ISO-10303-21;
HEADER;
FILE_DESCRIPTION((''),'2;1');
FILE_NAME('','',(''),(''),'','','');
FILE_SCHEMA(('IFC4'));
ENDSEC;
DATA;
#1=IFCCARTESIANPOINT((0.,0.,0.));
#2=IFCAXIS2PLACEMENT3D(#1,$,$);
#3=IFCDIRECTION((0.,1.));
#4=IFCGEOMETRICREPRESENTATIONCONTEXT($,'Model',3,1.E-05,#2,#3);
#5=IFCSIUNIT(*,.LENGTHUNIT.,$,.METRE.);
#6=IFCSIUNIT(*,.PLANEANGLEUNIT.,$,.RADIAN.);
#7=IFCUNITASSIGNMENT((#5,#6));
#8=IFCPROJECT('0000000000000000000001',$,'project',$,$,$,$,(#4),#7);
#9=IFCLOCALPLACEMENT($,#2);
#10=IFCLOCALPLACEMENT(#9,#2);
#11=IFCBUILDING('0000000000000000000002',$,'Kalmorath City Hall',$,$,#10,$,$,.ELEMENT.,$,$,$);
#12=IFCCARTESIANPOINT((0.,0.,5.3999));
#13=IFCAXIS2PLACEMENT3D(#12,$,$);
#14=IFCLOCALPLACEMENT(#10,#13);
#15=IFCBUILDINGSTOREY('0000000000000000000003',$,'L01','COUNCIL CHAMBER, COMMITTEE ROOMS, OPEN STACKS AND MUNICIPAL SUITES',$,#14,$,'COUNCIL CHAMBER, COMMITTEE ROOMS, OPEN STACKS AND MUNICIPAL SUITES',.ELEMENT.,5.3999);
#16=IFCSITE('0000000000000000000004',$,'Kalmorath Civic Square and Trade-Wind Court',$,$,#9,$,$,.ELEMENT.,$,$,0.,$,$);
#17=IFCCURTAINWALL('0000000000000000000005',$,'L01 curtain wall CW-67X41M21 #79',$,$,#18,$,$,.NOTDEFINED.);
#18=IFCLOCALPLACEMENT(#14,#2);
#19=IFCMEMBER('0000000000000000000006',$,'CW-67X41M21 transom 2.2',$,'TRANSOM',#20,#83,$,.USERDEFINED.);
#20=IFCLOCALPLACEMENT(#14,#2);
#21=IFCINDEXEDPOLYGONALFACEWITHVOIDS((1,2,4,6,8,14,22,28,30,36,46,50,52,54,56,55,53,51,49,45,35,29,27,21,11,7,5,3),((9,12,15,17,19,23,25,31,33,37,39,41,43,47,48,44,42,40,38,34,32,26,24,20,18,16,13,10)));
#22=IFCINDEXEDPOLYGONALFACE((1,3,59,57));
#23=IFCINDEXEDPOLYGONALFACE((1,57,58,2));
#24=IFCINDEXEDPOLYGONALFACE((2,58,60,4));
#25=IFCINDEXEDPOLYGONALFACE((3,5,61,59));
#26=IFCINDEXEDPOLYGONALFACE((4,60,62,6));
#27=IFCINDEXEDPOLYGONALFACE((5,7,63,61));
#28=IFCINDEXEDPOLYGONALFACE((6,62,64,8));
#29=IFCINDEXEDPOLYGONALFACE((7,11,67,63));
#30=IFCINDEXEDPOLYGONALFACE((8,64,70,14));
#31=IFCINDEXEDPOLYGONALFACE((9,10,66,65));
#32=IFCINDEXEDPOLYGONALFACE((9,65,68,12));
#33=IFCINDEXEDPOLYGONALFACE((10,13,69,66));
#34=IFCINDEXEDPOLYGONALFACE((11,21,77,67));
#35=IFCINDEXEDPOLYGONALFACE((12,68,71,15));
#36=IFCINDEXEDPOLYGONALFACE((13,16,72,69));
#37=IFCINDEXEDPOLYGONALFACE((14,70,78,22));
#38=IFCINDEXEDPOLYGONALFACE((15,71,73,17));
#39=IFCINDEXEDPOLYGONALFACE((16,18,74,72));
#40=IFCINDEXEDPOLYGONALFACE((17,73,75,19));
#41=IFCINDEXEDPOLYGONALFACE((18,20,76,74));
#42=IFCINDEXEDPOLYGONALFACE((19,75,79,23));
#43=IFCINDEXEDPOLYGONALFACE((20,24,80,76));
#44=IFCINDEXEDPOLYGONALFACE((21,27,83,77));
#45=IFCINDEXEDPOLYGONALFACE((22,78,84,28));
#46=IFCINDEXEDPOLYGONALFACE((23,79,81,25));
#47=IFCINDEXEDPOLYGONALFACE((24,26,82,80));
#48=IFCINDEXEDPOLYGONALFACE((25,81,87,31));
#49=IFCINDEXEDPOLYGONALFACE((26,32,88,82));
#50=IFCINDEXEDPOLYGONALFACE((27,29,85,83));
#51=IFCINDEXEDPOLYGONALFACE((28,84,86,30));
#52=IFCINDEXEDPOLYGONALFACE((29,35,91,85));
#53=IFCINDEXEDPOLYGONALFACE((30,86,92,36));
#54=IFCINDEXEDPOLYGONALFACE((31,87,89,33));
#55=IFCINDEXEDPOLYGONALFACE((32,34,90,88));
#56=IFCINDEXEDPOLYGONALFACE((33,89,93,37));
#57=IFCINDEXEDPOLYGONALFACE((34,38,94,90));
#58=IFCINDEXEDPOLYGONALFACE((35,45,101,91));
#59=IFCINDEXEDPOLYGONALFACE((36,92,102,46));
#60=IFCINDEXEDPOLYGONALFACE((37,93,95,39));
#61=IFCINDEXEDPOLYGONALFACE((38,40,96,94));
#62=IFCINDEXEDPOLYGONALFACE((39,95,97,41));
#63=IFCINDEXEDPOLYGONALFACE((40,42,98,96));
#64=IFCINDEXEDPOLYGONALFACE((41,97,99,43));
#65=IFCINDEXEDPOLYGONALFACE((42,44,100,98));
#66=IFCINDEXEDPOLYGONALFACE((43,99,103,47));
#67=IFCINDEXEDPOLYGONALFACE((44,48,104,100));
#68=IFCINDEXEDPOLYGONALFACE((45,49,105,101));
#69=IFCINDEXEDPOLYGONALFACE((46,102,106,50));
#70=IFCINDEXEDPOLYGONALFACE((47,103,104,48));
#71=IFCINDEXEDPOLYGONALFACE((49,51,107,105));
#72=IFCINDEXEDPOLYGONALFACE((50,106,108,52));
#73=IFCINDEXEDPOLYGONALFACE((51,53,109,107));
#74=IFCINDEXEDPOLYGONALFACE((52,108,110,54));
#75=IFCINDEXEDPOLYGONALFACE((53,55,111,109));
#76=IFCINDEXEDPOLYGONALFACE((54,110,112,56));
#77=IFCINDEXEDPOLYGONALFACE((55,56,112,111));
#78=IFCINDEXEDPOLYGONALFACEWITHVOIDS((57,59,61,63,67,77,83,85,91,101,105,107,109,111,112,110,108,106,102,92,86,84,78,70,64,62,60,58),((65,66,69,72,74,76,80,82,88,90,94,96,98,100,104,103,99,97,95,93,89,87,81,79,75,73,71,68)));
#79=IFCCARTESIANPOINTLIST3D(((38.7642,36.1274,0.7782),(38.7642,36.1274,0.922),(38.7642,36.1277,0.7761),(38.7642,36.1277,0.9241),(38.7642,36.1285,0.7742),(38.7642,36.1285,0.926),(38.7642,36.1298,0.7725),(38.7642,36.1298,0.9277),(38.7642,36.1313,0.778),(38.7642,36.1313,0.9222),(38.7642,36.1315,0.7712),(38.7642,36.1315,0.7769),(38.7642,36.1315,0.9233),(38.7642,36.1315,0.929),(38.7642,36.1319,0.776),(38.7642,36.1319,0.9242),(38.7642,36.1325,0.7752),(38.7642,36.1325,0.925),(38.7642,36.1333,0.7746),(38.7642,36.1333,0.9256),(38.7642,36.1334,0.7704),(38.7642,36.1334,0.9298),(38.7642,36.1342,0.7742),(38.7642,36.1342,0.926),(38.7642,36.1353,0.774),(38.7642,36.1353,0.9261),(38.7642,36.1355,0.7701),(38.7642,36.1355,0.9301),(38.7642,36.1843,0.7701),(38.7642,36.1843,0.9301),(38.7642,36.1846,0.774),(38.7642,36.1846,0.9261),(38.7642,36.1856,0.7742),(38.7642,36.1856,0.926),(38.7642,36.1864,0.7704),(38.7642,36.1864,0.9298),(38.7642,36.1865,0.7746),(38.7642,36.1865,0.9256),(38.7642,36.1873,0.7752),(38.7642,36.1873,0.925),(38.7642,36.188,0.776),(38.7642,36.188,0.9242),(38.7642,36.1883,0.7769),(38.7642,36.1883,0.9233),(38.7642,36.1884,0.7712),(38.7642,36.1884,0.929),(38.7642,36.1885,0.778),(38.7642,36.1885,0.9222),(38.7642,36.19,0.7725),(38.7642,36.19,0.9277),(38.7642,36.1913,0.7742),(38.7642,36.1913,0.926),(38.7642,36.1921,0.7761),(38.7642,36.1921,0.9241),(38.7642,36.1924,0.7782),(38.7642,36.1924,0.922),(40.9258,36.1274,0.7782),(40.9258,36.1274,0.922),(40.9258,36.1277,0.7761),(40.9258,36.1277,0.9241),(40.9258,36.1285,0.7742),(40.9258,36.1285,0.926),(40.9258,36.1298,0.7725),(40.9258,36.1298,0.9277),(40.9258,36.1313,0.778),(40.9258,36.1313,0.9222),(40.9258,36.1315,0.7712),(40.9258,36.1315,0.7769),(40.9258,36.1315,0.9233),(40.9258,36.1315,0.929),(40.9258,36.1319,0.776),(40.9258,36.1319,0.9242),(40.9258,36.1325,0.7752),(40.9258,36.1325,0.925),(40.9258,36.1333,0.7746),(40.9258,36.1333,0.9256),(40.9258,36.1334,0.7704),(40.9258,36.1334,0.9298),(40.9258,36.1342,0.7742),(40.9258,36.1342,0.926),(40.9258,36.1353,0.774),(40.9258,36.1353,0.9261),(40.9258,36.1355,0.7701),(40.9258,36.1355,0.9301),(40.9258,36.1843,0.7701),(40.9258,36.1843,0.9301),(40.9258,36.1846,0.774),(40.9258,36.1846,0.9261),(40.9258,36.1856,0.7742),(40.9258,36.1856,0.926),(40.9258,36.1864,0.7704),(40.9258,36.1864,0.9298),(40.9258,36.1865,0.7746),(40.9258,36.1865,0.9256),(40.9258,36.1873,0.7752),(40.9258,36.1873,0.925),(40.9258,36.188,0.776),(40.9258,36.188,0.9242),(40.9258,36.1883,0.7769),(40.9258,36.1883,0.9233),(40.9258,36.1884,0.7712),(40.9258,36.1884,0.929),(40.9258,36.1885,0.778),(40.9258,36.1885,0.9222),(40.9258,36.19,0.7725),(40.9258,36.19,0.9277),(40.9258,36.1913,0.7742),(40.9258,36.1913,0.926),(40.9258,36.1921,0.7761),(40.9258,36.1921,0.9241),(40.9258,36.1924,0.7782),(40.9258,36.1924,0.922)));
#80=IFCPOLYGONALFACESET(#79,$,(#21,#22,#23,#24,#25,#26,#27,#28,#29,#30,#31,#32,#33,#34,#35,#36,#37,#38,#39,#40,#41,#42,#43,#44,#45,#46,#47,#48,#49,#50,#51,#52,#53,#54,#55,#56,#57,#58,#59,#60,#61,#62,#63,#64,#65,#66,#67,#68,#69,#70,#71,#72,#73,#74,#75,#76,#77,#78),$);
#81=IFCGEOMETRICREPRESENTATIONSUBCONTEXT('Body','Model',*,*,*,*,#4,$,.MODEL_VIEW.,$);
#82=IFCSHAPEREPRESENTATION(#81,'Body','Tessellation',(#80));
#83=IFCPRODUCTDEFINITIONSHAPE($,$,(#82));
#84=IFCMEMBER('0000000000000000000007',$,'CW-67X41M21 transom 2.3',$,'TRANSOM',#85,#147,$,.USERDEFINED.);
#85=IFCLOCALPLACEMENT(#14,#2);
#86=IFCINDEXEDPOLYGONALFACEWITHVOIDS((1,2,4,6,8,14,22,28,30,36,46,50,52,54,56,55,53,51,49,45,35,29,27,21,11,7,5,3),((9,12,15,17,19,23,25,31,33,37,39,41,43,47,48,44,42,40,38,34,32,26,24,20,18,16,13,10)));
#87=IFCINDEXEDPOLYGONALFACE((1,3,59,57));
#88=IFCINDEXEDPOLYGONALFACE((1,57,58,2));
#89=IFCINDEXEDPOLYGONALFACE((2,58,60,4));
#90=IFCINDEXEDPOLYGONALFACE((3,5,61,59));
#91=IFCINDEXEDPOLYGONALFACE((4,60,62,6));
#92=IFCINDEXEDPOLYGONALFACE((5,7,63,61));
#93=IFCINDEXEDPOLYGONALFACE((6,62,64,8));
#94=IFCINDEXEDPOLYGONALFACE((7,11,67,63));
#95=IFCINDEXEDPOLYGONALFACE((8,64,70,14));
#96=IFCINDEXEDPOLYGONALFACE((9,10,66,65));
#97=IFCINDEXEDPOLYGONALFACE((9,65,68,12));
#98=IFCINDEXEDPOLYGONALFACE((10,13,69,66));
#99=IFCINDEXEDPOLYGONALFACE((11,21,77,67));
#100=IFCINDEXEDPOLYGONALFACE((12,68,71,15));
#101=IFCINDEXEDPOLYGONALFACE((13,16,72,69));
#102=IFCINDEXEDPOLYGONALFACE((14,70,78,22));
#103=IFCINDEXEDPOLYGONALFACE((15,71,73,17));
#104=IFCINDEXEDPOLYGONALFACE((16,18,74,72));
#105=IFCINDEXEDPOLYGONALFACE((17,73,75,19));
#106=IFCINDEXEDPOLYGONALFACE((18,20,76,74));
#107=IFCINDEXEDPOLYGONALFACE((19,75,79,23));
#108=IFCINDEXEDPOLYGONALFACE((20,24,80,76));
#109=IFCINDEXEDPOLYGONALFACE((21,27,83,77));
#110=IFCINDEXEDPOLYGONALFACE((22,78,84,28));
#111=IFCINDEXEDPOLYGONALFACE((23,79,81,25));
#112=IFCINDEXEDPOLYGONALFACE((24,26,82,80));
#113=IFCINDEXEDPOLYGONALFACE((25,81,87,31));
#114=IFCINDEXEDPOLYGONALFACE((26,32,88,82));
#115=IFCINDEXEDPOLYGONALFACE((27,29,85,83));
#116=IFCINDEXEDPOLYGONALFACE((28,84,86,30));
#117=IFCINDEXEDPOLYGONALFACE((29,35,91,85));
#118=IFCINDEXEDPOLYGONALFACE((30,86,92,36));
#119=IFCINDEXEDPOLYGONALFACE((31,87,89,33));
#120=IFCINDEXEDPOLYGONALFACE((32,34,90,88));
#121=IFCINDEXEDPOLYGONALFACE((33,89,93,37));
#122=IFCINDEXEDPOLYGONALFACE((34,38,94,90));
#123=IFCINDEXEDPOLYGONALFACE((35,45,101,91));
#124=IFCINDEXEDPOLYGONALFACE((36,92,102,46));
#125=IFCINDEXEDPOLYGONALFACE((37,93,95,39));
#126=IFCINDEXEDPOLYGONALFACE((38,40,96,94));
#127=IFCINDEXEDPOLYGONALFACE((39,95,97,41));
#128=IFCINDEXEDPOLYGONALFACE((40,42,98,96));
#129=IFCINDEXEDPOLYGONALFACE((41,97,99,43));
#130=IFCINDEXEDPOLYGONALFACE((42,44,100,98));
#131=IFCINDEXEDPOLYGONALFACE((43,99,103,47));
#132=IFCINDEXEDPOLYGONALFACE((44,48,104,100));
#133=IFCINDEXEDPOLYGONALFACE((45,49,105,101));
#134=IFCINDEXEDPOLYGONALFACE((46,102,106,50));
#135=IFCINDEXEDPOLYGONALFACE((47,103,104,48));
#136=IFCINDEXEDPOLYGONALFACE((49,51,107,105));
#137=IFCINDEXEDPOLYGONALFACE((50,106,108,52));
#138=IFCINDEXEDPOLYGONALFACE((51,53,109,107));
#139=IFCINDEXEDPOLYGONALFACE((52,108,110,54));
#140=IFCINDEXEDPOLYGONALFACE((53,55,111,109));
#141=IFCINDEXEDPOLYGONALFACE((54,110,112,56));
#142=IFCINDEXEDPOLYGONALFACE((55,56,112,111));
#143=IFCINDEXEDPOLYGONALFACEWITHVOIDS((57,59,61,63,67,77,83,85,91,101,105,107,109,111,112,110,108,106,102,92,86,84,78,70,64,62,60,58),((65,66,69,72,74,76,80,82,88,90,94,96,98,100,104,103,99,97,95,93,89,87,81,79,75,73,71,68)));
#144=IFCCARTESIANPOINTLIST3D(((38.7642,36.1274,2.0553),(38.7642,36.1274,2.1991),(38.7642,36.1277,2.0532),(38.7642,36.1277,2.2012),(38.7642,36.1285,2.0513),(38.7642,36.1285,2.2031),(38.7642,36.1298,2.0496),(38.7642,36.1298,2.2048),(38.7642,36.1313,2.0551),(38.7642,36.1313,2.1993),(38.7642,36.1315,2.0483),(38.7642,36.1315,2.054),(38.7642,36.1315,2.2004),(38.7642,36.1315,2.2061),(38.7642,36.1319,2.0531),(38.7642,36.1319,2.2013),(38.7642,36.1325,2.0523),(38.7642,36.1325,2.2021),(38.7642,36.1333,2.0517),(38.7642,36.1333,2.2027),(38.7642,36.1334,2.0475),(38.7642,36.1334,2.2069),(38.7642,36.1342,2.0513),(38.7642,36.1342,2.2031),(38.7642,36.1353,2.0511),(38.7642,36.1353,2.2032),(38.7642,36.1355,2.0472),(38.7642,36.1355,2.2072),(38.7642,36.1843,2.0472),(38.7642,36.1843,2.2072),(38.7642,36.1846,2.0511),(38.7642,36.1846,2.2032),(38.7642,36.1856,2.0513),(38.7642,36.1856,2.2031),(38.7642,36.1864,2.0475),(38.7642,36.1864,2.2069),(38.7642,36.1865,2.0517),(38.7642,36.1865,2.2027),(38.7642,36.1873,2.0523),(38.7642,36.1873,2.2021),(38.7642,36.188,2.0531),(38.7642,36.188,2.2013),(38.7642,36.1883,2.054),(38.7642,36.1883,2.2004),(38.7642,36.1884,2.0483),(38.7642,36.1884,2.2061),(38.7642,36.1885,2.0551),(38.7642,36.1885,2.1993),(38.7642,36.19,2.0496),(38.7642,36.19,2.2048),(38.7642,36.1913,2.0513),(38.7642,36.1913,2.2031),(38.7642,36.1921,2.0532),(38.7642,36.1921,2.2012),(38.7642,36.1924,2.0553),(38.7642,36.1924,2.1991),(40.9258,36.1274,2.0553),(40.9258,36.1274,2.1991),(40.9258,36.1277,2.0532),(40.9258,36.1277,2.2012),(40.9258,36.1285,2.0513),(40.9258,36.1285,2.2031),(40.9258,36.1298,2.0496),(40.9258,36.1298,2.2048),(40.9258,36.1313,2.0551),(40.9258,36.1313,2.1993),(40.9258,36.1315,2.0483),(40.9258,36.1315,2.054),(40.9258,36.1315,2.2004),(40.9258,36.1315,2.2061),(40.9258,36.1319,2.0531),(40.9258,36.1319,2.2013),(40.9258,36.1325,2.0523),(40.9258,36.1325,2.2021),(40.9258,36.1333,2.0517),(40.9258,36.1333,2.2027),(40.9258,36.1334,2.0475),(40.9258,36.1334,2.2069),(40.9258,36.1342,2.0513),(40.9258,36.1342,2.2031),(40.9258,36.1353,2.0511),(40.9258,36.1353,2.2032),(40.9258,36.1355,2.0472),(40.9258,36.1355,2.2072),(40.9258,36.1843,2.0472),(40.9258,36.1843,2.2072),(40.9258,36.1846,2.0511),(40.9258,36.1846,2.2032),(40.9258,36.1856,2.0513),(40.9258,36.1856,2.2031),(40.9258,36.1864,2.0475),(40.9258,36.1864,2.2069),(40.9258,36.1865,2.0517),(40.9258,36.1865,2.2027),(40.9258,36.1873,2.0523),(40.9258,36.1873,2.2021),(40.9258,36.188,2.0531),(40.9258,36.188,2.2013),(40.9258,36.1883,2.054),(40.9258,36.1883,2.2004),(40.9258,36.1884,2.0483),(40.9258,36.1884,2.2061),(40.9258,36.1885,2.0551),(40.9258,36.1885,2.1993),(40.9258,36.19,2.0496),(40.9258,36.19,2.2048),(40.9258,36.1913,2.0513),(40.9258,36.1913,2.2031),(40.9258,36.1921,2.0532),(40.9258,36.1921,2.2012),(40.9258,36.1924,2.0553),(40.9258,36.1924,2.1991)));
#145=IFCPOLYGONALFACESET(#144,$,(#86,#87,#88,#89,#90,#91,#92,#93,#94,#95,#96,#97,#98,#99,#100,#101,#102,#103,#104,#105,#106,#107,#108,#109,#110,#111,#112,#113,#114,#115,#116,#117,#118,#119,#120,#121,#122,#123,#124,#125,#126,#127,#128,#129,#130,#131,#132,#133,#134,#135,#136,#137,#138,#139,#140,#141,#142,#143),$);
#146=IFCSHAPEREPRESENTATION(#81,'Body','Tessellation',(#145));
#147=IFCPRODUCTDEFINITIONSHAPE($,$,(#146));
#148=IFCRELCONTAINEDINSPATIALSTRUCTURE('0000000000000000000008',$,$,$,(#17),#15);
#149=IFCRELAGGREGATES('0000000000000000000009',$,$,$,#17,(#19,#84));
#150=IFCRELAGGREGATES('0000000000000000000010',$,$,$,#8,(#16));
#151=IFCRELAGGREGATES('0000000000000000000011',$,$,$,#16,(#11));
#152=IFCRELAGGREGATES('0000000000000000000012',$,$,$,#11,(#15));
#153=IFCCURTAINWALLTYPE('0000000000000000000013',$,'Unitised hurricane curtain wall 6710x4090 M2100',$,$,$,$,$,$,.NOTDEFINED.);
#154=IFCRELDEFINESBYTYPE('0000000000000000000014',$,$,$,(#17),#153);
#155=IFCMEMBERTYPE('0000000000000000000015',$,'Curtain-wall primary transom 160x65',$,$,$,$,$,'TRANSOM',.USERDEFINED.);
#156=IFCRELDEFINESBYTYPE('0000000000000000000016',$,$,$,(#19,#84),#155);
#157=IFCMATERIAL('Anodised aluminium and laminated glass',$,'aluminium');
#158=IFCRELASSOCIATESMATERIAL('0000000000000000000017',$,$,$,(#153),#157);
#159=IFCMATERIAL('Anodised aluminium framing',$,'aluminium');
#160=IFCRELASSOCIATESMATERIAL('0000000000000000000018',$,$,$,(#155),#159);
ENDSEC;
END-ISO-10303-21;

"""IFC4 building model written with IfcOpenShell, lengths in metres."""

from ifc_helpers import new_model, si_unit, direction, frame, origin, origin_2d, place, context, subcontext, project, spatial, hollow_rectangle, extrude, material, material_profile, profile_set, type_object, element, aggregate, save


model = new_model("IFC4")

# Units and contexts
model_context = context("Model", 3, precision=1e-05, world=origin(), true_north=direction((0.0, 1.0)))
body_context = subcontext(model_context, "Body", "Model", "MODEL_VIEW")
ifc_project = project(units=[si_unit("LENGTHUNIT", "METRE"), si_unit("PLANEANGLEUNIT", "RADIAN")], contexts=[model_context])

# Site, building, storey
site_placement = place(None, origin())
site = spatial("IfcSite", under=ifc_project, at=site_placement, Name="Kalmorath Civic Square and Trade-Wind Court", CompositionType="ELEMENT", RefElevation=0.0)
building_placement = place(site_placement, origin())
building = spatial("IfcBuilding", under=site, at=building_placement, Name="Kalmorath City Hall", CompositionType="ELEMENT")
storey_placement = place(building_placement, frame((0.0, 0.0, 5.3999)))
storey = spatial("IfcBuildingStorey", under=building, at=storey_placement, Name="L01", Description="COUNCIL CHAMBER, COMMITTEE ROOMS, OPEN STACKS AND MUNICIPAL SUITES", LongName="COUNCIL CHAMBER, COMMITTEE ROOMS, OPEN STACKS AND MUNICIPAL SUITES", CompositionType="ELEMENT", Elevation=5.3999)

# Curtain wall, members
ifc_material_1 = material(Name="Anodised aluminium and laminated glass", Category="aluminium")
curtain_wall_type = type_object("IfcCurtainWallType", Name="Unitised hurricane curtain wall 6710x4090 M2100", PredefinedType="NOTDEFINED", material=ifc_material_1)
curtain_wall_placement = place(storey_placement, origin())
curtain_wall = element("IfcCurtainWall", 1, at=curtain_wall_placement, inside=storey, type_object=curtain_wall_type, Name="L01 curtain wall CW-67X41M21 #79", PredefinedType="NOTDEFINED")
ifc_material_2 = material(Name="Anodised aluminium framing", Category="aluminium")
ifc_material_profile_1 = material_profile(ifc_material_2, hollow_rectangle(XDim=0.0649, YDim=0.1599, WallThickness=0.0039, InnerFilletRadius=0.0039, OuterFilletRadius=0.0081, at=origin_2d()), Name="ALU-TRN-160X65X4")
ifc_profile_set_1 = profile_set([ifc_material_profile_1], Name="Anodised aluminium framing")
member_type_1 = type_object("IfcMemberType", Name="Curtain-wall primary transom 160x65", ElementType="TRANSOM", PredefinedType="USERDEFINED", material=ifc_profile_set_1)
member_1_placement = place(storey_placement, frame((40.9258, 36.1599, 0.8501), z_axis=(-1.0, 0.0, 0.0), x_axis=(0.0, -1.0, 0.0)))
member_1 = element("IfcMember", 2, at=member_1_placement, type_object=member_type_1, Name="CW-67X41M21 transom 2.2", ObjectType="TRANSOM", PredefinedType="USERDEFINED", context=body_context, shape_type="SweptSolid", body=[
    extrude(hollow_rectangle(XDim=0.0649, YDim=0.1599, WallThickness=0.0039, InnerFilletRadius=0.0039, OuterFilletRadius=0.0081, at=origin_2d()), origin(), (0.0, 0.0, 1.0), 2.1616),
])
member_2_placement = place(storey_placement, frame((40.9258, 36.1599, 2.1272), z_axis=(-1.0, 0.0, 0.0), x_axis=(0.0, -1.0, 0.0)))
member_2 = element("IfcMember", 3, at=member_2_placement, type_object=member_type_1, Name="CW-67X41M21 transom 2.3", ObjectType="TRANSOM", PredefinedType="USERDEFINED", context=body_context, shape_type="SweptSolid", body=[
    extrude(hollow_rectangle(XDim=0.0649, YDim=0.1599, WallThickness=0.0039, InnerFilletRadius=0.0039, OuterFilletRadius=0.0081, at=origin_2d()), origin(), (0.0, 0.0, 1.0), 2.1616),
])

aggregate(curtain_wall, [member_1, member_2])

save(model, "model.ifc")
